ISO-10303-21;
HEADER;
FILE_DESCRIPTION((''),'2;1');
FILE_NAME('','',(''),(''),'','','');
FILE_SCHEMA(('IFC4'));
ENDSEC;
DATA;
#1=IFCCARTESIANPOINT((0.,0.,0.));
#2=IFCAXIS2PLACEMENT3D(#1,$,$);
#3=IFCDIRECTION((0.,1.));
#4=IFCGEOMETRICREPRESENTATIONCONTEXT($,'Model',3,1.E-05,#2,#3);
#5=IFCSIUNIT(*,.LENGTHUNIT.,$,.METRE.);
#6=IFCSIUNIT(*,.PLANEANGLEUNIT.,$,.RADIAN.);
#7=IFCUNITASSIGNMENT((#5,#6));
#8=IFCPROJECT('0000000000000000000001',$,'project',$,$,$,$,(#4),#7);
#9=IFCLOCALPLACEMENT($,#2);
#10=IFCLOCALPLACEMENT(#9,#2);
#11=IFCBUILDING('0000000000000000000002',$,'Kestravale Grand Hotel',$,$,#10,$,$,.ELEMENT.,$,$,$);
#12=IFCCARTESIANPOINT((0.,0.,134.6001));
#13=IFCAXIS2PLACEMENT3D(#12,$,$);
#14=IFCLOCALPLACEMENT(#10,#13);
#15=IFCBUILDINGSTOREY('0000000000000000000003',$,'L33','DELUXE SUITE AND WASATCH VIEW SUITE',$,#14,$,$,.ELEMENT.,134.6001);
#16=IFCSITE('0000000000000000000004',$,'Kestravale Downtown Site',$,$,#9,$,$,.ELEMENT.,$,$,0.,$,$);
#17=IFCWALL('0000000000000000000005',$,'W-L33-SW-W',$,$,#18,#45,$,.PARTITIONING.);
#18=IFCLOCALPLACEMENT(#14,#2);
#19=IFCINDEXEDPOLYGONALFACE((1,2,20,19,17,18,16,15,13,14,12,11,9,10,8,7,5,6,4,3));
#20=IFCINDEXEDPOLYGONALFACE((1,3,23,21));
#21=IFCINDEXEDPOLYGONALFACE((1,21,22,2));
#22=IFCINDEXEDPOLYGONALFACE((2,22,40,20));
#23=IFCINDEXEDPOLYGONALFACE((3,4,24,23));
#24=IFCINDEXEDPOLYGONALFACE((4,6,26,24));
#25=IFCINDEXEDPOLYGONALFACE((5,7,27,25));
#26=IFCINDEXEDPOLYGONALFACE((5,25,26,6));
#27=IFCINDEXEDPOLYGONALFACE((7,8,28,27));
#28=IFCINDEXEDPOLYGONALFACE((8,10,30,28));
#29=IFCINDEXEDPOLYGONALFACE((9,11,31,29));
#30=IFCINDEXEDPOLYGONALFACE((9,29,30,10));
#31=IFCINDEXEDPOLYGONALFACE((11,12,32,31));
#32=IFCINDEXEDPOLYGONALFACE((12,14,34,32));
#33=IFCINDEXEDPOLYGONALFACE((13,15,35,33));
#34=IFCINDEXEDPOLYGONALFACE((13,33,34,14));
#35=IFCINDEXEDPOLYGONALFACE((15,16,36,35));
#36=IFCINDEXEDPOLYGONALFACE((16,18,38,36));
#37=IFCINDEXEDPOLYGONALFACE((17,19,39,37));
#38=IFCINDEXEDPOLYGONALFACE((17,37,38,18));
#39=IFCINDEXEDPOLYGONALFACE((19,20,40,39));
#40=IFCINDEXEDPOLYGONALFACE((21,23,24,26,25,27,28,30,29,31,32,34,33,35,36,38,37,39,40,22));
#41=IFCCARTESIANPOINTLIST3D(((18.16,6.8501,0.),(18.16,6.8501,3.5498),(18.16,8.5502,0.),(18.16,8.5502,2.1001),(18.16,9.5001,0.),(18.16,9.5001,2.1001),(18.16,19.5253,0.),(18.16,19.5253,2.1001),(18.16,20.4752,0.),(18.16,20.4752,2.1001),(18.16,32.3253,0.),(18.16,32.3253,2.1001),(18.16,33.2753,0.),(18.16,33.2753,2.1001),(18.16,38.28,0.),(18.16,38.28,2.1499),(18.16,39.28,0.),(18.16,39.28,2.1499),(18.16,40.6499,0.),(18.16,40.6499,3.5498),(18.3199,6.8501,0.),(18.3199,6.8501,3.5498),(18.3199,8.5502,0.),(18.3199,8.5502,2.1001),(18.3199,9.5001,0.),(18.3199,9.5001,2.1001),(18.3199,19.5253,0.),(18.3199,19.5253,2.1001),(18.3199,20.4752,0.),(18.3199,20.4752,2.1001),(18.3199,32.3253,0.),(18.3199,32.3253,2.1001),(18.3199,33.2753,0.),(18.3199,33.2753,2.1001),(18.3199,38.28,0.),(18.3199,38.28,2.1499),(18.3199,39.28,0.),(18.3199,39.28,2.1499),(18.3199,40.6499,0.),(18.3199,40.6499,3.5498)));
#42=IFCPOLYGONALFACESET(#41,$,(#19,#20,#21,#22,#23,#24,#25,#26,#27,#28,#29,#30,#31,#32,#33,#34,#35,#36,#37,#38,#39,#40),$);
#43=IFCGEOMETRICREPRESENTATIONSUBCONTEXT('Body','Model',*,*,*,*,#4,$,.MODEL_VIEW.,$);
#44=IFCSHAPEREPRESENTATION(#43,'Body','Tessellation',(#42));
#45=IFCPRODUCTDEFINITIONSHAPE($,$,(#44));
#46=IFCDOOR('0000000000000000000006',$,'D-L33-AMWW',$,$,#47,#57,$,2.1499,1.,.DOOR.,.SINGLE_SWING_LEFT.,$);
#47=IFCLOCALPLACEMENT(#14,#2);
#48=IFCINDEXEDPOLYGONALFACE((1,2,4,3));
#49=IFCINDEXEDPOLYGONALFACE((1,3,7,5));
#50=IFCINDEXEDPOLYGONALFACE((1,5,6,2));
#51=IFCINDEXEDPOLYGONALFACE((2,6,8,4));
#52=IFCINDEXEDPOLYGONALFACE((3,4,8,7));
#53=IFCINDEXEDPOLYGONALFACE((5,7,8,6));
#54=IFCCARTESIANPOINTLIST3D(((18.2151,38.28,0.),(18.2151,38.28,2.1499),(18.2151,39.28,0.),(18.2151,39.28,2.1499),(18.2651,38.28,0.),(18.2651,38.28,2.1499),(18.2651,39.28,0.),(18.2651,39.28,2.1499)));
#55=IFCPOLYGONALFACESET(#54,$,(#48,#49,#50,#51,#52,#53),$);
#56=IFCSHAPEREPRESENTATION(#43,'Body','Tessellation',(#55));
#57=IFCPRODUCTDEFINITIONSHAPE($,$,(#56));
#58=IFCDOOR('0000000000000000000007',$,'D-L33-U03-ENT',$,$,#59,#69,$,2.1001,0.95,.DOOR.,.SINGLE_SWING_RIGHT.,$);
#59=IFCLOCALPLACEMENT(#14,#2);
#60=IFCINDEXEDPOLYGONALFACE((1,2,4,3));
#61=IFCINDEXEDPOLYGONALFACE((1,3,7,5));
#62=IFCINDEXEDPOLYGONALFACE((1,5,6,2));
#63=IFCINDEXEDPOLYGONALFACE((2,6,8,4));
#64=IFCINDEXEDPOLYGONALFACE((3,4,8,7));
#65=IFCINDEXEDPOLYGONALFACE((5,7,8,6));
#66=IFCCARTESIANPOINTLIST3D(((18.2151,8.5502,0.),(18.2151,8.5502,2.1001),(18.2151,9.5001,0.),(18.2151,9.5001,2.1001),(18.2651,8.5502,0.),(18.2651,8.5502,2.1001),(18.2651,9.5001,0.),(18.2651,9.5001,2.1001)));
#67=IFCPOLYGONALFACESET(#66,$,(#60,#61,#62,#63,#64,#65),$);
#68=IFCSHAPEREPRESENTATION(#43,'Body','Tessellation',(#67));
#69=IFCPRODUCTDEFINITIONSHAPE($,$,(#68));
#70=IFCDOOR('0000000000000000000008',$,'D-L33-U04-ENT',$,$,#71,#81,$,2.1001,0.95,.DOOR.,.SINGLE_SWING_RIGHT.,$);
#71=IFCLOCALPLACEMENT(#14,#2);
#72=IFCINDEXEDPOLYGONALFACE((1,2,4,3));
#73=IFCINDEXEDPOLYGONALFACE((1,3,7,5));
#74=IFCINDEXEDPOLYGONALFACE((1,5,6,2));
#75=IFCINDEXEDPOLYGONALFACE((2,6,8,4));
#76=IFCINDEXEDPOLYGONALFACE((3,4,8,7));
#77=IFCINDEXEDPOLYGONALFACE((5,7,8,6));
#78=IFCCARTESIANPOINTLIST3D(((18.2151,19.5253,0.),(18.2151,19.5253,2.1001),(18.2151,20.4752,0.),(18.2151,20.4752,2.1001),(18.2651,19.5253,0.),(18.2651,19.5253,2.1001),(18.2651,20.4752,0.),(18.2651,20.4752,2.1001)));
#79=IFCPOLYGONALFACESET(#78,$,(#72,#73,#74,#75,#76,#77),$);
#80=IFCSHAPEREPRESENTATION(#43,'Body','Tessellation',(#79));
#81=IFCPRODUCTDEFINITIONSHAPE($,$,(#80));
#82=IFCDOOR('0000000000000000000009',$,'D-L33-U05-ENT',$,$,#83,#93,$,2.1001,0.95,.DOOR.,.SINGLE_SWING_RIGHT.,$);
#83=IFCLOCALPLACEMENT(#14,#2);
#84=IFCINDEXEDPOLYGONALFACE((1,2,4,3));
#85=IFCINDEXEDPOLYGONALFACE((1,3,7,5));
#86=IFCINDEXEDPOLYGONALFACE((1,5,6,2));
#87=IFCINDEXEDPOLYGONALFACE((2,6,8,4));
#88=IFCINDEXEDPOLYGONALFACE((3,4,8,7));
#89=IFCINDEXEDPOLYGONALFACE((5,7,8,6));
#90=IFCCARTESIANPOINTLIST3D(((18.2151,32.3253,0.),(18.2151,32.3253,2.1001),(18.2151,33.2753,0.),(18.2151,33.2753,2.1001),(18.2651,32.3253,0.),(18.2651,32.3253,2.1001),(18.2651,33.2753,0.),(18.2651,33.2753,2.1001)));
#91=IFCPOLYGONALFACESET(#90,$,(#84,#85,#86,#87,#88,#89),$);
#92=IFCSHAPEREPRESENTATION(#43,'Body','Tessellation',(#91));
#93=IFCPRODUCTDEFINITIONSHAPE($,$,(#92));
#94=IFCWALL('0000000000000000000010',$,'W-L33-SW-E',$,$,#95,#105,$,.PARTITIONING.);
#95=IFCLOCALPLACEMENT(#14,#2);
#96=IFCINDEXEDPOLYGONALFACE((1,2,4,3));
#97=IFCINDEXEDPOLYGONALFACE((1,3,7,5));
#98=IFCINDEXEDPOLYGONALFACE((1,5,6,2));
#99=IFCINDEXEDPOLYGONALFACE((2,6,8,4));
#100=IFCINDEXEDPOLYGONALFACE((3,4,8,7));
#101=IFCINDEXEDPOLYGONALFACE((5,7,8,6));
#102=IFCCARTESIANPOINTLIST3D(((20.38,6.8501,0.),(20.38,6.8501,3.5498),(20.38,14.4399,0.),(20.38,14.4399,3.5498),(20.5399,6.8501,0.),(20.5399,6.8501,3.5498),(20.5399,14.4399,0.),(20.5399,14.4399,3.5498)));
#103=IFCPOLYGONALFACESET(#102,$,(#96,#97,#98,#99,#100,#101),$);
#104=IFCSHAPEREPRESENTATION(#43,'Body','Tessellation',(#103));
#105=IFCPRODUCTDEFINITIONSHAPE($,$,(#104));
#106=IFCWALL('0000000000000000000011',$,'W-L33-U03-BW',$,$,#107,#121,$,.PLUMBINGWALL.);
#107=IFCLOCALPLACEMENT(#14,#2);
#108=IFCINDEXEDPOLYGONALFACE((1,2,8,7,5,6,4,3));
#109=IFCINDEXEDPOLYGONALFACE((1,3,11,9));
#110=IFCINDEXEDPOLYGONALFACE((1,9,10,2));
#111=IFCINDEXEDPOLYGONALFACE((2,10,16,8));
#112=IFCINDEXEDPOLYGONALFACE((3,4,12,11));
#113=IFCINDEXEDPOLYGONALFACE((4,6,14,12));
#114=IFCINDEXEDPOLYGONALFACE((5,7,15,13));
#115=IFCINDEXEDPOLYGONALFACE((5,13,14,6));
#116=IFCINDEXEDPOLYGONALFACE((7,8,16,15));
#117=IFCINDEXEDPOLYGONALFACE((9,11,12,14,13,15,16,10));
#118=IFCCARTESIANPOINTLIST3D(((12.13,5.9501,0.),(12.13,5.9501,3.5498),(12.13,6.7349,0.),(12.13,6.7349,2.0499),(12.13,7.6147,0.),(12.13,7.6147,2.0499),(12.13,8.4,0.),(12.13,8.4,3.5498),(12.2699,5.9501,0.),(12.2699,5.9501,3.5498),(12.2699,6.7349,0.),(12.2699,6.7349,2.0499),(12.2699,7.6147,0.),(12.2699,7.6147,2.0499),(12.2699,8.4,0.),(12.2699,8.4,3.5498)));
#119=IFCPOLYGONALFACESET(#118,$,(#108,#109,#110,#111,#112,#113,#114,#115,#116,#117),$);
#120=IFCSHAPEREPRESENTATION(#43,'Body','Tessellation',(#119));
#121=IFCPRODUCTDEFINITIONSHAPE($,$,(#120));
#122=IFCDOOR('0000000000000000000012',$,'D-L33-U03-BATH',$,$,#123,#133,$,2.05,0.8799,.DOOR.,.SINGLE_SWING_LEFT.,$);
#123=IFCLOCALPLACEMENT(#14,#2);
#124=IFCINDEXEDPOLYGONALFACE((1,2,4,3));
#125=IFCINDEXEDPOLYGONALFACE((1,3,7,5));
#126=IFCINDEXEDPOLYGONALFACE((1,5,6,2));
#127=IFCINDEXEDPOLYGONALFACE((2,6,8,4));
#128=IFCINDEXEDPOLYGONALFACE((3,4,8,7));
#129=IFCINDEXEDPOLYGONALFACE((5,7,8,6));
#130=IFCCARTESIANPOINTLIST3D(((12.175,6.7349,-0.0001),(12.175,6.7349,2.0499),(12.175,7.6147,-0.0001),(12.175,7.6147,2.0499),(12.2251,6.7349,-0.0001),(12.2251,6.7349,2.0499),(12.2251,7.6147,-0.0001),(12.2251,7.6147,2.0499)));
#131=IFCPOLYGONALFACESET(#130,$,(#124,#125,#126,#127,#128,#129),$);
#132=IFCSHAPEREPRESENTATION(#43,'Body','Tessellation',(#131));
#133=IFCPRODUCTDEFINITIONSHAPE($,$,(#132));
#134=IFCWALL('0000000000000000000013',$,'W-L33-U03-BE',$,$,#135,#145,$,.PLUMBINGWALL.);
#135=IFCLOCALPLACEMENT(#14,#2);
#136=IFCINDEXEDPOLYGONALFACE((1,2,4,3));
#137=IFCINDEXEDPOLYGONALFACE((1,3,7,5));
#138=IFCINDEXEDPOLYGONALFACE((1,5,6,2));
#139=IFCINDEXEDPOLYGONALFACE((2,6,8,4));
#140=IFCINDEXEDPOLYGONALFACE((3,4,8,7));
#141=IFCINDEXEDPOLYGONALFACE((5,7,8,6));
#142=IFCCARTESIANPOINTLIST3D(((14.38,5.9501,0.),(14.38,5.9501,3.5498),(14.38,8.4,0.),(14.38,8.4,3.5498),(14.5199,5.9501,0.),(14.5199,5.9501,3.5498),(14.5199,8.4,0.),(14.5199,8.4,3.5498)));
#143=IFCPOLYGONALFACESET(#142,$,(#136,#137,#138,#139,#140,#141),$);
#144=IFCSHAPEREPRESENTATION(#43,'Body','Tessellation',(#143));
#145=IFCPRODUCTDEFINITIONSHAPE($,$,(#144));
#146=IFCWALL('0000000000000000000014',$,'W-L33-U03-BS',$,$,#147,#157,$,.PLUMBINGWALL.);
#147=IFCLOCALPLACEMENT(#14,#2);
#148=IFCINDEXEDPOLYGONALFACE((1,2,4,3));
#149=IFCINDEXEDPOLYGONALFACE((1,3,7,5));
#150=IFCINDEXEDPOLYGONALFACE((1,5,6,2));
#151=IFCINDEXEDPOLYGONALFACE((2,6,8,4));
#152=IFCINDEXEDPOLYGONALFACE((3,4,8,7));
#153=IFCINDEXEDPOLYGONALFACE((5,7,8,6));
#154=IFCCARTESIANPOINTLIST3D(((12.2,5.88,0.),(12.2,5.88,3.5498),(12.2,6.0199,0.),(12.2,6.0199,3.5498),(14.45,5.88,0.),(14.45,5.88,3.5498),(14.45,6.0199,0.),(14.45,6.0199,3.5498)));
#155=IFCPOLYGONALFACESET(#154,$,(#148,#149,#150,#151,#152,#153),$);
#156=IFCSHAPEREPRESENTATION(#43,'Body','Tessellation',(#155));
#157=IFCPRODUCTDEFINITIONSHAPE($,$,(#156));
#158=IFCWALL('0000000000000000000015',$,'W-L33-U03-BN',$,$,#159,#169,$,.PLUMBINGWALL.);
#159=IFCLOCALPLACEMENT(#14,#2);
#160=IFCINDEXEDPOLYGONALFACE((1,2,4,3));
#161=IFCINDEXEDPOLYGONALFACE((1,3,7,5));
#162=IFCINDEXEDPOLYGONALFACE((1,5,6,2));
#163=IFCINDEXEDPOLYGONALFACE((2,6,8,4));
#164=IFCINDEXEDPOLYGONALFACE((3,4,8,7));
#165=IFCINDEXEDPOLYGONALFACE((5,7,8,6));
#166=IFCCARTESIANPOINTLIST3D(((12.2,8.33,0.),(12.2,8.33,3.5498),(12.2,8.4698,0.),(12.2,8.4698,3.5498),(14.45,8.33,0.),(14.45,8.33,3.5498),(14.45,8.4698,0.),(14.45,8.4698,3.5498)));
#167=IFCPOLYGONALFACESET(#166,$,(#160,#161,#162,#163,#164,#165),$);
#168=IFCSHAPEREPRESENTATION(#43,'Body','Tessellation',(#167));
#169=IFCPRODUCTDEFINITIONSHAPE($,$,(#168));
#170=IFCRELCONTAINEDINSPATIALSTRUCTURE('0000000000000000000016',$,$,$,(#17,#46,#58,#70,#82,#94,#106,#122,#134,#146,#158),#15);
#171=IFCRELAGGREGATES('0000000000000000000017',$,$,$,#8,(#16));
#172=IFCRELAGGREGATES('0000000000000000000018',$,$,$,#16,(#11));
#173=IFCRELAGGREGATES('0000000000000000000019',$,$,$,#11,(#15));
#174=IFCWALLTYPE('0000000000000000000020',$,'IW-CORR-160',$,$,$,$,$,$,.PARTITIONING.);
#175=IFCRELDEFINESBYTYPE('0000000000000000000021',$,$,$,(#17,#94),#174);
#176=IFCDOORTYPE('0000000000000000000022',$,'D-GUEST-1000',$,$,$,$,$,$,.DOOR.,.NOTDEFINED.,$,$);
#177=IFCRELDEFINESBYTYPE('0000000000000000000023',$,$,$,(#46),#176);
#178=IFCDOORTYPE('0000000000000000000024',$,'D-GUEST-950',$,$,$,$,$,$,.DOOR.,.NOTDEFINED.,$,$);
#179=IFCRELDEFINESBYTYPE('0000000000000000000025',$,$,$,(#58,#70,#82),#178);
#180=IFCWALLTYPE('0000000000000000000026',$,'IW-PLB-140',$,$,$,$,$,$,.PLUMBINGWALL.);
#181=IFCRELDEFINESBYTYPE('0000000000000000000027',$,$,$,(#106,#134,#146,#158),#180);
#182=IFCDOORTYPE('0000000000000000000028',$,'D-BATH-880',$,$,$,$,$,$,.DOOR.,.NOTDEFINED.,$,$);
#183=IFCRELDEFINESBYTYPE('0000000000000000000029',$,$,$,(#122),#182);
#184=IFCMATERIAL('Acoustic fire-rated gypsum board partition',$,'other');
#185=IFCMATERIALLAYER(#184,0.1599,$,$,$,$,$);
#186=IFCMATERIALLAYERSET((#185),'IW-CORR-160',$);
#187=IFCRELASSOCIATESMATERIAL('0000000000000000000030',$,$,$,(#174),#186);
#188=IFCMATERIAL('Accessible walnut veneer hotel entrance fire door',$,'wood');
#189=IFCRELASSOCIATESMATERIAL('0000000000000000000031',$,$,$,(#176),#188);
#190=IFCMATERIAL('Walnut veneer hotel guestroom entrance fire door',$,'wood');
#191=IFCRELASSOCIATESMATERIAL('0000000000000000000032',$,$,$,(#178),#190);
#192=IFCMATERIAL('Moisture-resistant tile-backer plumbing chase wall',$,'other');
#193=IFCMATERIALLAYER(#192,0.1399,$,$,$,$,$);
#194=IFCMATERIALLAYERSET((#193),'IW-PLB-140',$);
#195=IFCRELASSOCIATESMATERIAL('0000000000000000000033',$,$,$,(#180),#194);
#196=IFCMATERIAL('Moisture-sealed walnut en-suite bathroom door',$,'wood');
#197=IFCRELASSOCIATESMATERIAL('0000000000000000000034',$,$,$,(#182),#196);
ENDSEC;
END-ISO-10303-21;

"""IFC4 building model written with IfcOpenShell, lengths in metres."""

from ifc_helpers import new_model, si_unit, direction, frame, frame_2d, origin, place, context, subcontext, project, spatial, rectangle, extrude, material, layer, layer_set, type_object, element, fill, save


model = new_model("IFC4")

# Units and contexts
model_context = context("Model", 3, precision=1e-05, world=origin(), true_north=direction((0.0, 1.0)))
body_context = subcontext(model_context, "Body", "Model", "MODEL_VIEW")
ifc_project = project(units=[si_unit("LENGTHUNIT", "METRE"), si_unit("PLANEANGLEUNIT", "RADIAN")], contexts=[model_context])

# Site, building, storey
site_placement = place(None, origin())
site = spatial("IfcSite", under=ifc_project, at=site_placement, Name="Kestravale Downtown Site", CompositionType="ELEMENT", RefElevation=0.0)
building_placement = place(site_placement, origin())
building = spatial("IfcBuilding", under=site, at=building_placement, Name="Kestravale Grand Hotel", CompositionType="ELEMENT")
storey_placement = place(building_placement, frame((0.0, 0.0, 134.6001)))
storey = spatial("IfcBuildingStorey", under=building, at=storey_placement, Name="L33", Description="DELUXE SUITE AND WASATCH VIEW SUITE", CompositionType="ELEMENT", Elevation=134.6001)

# Wall, openings, doors
ifc_material_1 = material(Name="Acoustic fire-rated gypsum board partition", Category="other")
ifc_layer_1 = layer(ifc_material_1, 0.1599)
ifc_layer_set_1 = layer_set([ifc_layer_1], Name="IW-CORR-160")
wall_type_1 = type_object("IfcWallType", Name="IW-CORR-160", PredefinedType="PARTITIONING", material=ifc_layer_set_1)
wall_1_placement = place(storey_placement, frame((18.24, 6.8501, 0.0), z_axis=(0.0, 0.0, 1.0), x_axis=(0.0, 1.0, 0.0)))
wall_1 = element("IfcWall", 1, at=wall_1_placement, inside=storey, type_object=wall_type_1, Name="W-L33-SW-W", PredefinedType="PARTITIONING", context=body_context, shape_type="SweptSolid", body=[
    extrude(rectangle(XDim=33.7998, YDim=0.1599, at=frame_2d((16.8999, 0.0))), origin(), (0.0, 0.0, 1.0), 3.5498),
])
opening_1_placement = place(wall_1_placement, frame((1.7, 0.0, 0.0)))
opening_1 = element("IfcOpeningElement", 2, at=opening_1_placement, cuts=wall_1, PredefinedType="OPENING", context=body_context, shape_type="SweptSolid", body=[
    extrude(rectangle(XDim=0.95, YDim=2.1001, at=frame_2d((0.4751, 1.05))), frame((0.0, 0.0898, 0.0), z_axis=(0.0, -1.0, 0.0), x_axis=(1.0, 0.0, 0.0)), (0.0, 0.0, 1.0), 0.1799),
])
opening_2_placement = place(wall_1_placement, frame((12.675, 0.0, 0.0)))
opening_2 = element("IfcOpeningElement", 3, at=opening_2_placement, cuts=wall_1, PredefinedType="OPENING", context=body_context, shape_type="SweptSolid", body=[
    extrude(rectangle(XDim=0.95, YDim=2.1001, at=frame_2d((0.4751, 1.05))), frame((0.0, 0.0898, 0.0), z_axis=(0.0, -1.0, 0.0), x_axis=(1.0, 0.0, 0.0)), (0.0, 0.0, 1.0), 0.1799),
])
opening_3_placement = place(wall_1_placement, frame((25.4751, 0.0, 0.0)))
opening_3 = element("IfcOpeningElement", 4, at=opening_3_placement, cuts=wall_1, PredefinedType="OPENING", context=body_context, shape_type="SweptSolid", body=[
    extrude(rectangle(XDim=0.95, YDim=2.1001, at=frame_2d((0.4751, 1.05))), frame((0.0, 0.0898, 0.0), z_axis=(0.0, -1.0, 0.0), x_axis=(1.0, 0.0, 0.0)), (0.0, 0.0, 1.0), 0.1799),
])
opening_4_placement = place(wall_1_placement, frame((31.4299, 0.0, 0.0)))
opening_4 = element("IfcOpeningElement", 5, at=opening_4_placement, cuts=wall_1, PredefinedType="OPENING", context=body_context, shape_type="SweptSolid", body=[
    extrude(rectangle(XDim=1.0, YDim=2.1499, at=frame_2d((0.5, 1.075))), frame((0.0, 0.0898, 0.0), z_axis=(0.0, -1.0, 0.0), x_axis=(1.0, 0.0, 0.0)), (0.0, 0.0, 1.0), 0.1799),
])
ifc_material_2 = material(Name="Accessible walnut veneer hotel entrance fire door", Category="wood")
door_type_1 = type_object("IfcDoorType", Name="D-GUEST-1000", OperationType="NOTDEFINED", PredefinedType="DOOR", material=ifc_material_2)
door_1_placement = place(opening_4_placement, origin())
door_1 = element("IfcDoor", 6, at=door_1_placement, inside=storey, type_object=door_type_1, Name="D-L33-AMWW", OperationType="SINGLE_SWING_LEFT", OverallHeight=2.1499, OverallWidth=1.0, PredefinedType="DOOR", context=body_context, shape_type="SweptSolid", body=[
    extrude(rectangle(XDim=1.0, YDim=2.1499, at=frame_2d((0.5, 1.075))), frame((0.0, 0.0249, 0.0), z_axis=(0.0, -1.0, 0.0), x_axis=(1.0, 0.0, 0.0)), (0.0, 0.0, 1.0), 0.05),
])
fill(opening_4, door_1)
ifc_material_3 = material(Name="Walnut veneer hotel guestroom entrance fire door", Category="wood")
door_type_2 = type_object("IfcDoorType", Name="D-GUEST-950", OperationType="NOTDEFINED", PredefinedType="DOOR", material=ifc_material_3)
door_2_placement = place(opening_1_placement, origin())
door_2 = element("IfcDoor", 7, at=door_2_placement, inside=storey, type_object=door_type_2, Name="D-L33-U03-ENT", OperationType="SINGLE_SWING_RIGHT", OverallHeight=2.1001, OverallWidth=0.95, PredefinedType="DOOR", context=body_context, shape_type="SweptSolid", body=[
    extrude(rectangle(XDim=0.95, YDim=2.1001, at=frame_2d((0.4751, 1.05))), frame((0.0, 0.0249, 0.0), z_axis=(0.0, -1.0, 0.0), x_axis=(1.0, 0.0, 0.0)), (0.0, 0.0, 1.0), 0.05),
])
fill(opening_1, door_2)
door_3_placement = place(opening_2_placement, origin())
door_3 = element("IfcDoor", 8, at=door_3_placement, inside=storey, type_object=door_type_2, Name="D-L33-U04-ENT", OperationType="SINGLE_SWING_RIGHT", OverallHeight=2.1001, OverallWidth=0.95, PredefinedType="DOOR", context=body_context, shape_type="SweptSolid", body=[
    extrude(rectangle(XDim=0.95, YDim=2.1001, at=frame_2d((0.4751, 1.05))), frame((0.0, 0.0249, 0.0), z_axis=(0.0, -1.0, 0.0), x_axis=(1.0, 0.0, 0.0)), (0.0, 0.0, 1.0), 0.05),
])
fill(opening_2, door_3)
door_4_placement = place(opening_3_placement, origin())
door_4 = element("IfcDoor", 9, at=door_4_placement, inside=storey, type_object=door_type_2, Name="D-L33-U05-ENT", OperationType="SINGLE_SWING_RIGHT", OverallHeight=2.1001, OverallWidth=0.95, PredefinedType="DOOR", context=body_context, shape_type="SweptSolid", body=[
    extrude(rectangle(XDim=0.95, YDim=2.1001, at=frame_2d((0.4751, 1.05))), frame((0.0, 0.0249, 0.0), z_axis=(0.0, -1.0, 0.0), x_axis=(1.0, 0.0, 0.0)), (0.0, 0.0, 1.0), 0.05),
])
fill(opening_3, door_4)

# Wall
wall_2_placement = place(storey_placement, frame((20.46, 6.8501, 0.0), z_axis=(0.0, 0.0, 1.0), x_axis=(0.0, 1.0, 0.0)))
element("IfcWall", 10, at=wall_2_placement, inside=storey, type_object=wall_type_1, Name="W-L33-SW-E", PredefinedType="PARTITIONING", context=body_context, shape_type="SweptSolid", body=[
    extrude(rectangle(XDim=7.5898, YDim=0.1599, at=frame_2d((3.7949, 0.0))), origin(), (0.0, 0.0, 1.0), 3.5498),
])

# Wall, opening, door
ifc_material_4 = material(Name="Moisture-resistant tile-backer plumbing chase wall", Category="other")
ifc_layer_2 = layer(ifc_material_4, 0.1399)
ifc_layer_set_2 = layer_set([ifc_layer_2], Name="IW-PLB-140")
wall_type_2 = type_object("IfcWallType", Name="IW-PLB-140", PredefinedType="PLUMBINGWALL", material=ifc_layer_set_2)
wall_3_placement = place(storey_placement, frame((12.2, 5.95, 0.0), z_axis=(0.0, 0.0, 1.0), x_axis=(0.0, 1.0, 0.0)))
wall_3 = element("IfcWall", 11, at=wall_3_placement, inside=storey, type_object=wall_type_2, Name="W-L33-U03-BW", PredefinedType="PLUMBINGWALL", context=body_context, shape_type="SweptSolid", body=[
    extrude(rectangle(XDim=2.45, YDim=0.1399, at=frame_2d((1.2251, 0.0))), origin(), (0.0, 0.0, 1.0), 3.5498),
])
opening_5_placement = place(wall_3_placement, frame((0.7849, 0.0, 0.0)))
opening_5 = element("IfcOpeningElement", 12, at=opening_5_placement, cuts=wall_3, PredefinedType="OPENING", context=body_context, shape_type="SweptSolid", body=[
    extrude(rectangle(XDim=0.8799, YDim=2.05, at=frame_2d((0.4399, 1.0249))), frame((0.0, 0.0798, 0.0), z_axis=(0.0, -1.0, 0.0), x_axis=(1.0, 0.0, 0.0)), (0.0, 0.0, 1.0), 0.1599),
])
ifc_material_5 = material(Name="Moisture-sealed walnut en-suite bathroom door", Category="wood")
door_type_3 = type_object("IfcDoorType", Name="D-BATH-880", OperationType="NOTDEFINED", PredefinedType="DOOR", material=ifc_material_5)
door_5_placement = place(opening_5_placement, origin())
door_5 = element("IfcDoor", 13, at=door_5_placement, inside=storey, type_object=door_type_3, Name="D-L33-U03-BATH", OperationType="SINGLE_SWING_LEFT", OverallHeight=2.05, OverallWidth=0.8799, PredefinedType="DOOR", context=body_context, shape_type="SweptSolid", body=[
    extrude(rectangle(XDim=0.8799, YDim=2.05, at=frame_2d((0.4399, 1.0249))), frame((0.0, 0.0249, 0.0), z_axis=(0.0, -1.0, 0.0), x_axis=(1.0, 0.0, 0.0)), (0.0, 0.0, 1.0), 0.05),
])
fill(opening_5, door_5)

# Walls
wall_4_placement = place(storey_placement, frame((14.45, 5.95, 0.0), z_axis=(0.0, 0.0, 1.0), x_axis=(0.0, 1.0, 0.0)))
element("IfcWall", 14, at=wall_4_placement, inside=storey, type_object=wall_type_2, Name="W-L33-U03-BE", PredefinedType="PLUMBINGWALL", context=body_context, shape_type="SweptSolid", body=[
    extrude(rectangle(XDim=2.45, YDim=0.1399, at=frame_2d((1.2251, 0.0))), origin(), (0.0, 0.0, 1.0), 3.5498),
])
for number, where, z_axis, x_axis, name in (
    (15, (12.2, 5.95, 0.0), (0.0, 0.0, 1.0), (1.0, 0.0, 0.0), "W-L33-U03-BS"),
    (16, (12.2, 8.3999, 0.0), (0.0, 0.0, 1.0), (1.0, 0.0, 0.0), "W-L33-U03-BN"),
):
    element("IfcWall", number, at=place(storey_placement, frame(where, z_axis=z_axis, x_axis=x_axis)), inside=storey, type_object=wall_type_2, Name=name, PredefinedType="PLUMBINGWALL", context=body_context, shape_type="SweptSolid", body=[
        extrude(rectangle(XDim=2.25, YDim=0.1399, at=frame_2d((1.125, 0.0))), origin(), (0.0, 0.0, 1.0), 3.5498),
    ])

save(model, "model.ifc")
